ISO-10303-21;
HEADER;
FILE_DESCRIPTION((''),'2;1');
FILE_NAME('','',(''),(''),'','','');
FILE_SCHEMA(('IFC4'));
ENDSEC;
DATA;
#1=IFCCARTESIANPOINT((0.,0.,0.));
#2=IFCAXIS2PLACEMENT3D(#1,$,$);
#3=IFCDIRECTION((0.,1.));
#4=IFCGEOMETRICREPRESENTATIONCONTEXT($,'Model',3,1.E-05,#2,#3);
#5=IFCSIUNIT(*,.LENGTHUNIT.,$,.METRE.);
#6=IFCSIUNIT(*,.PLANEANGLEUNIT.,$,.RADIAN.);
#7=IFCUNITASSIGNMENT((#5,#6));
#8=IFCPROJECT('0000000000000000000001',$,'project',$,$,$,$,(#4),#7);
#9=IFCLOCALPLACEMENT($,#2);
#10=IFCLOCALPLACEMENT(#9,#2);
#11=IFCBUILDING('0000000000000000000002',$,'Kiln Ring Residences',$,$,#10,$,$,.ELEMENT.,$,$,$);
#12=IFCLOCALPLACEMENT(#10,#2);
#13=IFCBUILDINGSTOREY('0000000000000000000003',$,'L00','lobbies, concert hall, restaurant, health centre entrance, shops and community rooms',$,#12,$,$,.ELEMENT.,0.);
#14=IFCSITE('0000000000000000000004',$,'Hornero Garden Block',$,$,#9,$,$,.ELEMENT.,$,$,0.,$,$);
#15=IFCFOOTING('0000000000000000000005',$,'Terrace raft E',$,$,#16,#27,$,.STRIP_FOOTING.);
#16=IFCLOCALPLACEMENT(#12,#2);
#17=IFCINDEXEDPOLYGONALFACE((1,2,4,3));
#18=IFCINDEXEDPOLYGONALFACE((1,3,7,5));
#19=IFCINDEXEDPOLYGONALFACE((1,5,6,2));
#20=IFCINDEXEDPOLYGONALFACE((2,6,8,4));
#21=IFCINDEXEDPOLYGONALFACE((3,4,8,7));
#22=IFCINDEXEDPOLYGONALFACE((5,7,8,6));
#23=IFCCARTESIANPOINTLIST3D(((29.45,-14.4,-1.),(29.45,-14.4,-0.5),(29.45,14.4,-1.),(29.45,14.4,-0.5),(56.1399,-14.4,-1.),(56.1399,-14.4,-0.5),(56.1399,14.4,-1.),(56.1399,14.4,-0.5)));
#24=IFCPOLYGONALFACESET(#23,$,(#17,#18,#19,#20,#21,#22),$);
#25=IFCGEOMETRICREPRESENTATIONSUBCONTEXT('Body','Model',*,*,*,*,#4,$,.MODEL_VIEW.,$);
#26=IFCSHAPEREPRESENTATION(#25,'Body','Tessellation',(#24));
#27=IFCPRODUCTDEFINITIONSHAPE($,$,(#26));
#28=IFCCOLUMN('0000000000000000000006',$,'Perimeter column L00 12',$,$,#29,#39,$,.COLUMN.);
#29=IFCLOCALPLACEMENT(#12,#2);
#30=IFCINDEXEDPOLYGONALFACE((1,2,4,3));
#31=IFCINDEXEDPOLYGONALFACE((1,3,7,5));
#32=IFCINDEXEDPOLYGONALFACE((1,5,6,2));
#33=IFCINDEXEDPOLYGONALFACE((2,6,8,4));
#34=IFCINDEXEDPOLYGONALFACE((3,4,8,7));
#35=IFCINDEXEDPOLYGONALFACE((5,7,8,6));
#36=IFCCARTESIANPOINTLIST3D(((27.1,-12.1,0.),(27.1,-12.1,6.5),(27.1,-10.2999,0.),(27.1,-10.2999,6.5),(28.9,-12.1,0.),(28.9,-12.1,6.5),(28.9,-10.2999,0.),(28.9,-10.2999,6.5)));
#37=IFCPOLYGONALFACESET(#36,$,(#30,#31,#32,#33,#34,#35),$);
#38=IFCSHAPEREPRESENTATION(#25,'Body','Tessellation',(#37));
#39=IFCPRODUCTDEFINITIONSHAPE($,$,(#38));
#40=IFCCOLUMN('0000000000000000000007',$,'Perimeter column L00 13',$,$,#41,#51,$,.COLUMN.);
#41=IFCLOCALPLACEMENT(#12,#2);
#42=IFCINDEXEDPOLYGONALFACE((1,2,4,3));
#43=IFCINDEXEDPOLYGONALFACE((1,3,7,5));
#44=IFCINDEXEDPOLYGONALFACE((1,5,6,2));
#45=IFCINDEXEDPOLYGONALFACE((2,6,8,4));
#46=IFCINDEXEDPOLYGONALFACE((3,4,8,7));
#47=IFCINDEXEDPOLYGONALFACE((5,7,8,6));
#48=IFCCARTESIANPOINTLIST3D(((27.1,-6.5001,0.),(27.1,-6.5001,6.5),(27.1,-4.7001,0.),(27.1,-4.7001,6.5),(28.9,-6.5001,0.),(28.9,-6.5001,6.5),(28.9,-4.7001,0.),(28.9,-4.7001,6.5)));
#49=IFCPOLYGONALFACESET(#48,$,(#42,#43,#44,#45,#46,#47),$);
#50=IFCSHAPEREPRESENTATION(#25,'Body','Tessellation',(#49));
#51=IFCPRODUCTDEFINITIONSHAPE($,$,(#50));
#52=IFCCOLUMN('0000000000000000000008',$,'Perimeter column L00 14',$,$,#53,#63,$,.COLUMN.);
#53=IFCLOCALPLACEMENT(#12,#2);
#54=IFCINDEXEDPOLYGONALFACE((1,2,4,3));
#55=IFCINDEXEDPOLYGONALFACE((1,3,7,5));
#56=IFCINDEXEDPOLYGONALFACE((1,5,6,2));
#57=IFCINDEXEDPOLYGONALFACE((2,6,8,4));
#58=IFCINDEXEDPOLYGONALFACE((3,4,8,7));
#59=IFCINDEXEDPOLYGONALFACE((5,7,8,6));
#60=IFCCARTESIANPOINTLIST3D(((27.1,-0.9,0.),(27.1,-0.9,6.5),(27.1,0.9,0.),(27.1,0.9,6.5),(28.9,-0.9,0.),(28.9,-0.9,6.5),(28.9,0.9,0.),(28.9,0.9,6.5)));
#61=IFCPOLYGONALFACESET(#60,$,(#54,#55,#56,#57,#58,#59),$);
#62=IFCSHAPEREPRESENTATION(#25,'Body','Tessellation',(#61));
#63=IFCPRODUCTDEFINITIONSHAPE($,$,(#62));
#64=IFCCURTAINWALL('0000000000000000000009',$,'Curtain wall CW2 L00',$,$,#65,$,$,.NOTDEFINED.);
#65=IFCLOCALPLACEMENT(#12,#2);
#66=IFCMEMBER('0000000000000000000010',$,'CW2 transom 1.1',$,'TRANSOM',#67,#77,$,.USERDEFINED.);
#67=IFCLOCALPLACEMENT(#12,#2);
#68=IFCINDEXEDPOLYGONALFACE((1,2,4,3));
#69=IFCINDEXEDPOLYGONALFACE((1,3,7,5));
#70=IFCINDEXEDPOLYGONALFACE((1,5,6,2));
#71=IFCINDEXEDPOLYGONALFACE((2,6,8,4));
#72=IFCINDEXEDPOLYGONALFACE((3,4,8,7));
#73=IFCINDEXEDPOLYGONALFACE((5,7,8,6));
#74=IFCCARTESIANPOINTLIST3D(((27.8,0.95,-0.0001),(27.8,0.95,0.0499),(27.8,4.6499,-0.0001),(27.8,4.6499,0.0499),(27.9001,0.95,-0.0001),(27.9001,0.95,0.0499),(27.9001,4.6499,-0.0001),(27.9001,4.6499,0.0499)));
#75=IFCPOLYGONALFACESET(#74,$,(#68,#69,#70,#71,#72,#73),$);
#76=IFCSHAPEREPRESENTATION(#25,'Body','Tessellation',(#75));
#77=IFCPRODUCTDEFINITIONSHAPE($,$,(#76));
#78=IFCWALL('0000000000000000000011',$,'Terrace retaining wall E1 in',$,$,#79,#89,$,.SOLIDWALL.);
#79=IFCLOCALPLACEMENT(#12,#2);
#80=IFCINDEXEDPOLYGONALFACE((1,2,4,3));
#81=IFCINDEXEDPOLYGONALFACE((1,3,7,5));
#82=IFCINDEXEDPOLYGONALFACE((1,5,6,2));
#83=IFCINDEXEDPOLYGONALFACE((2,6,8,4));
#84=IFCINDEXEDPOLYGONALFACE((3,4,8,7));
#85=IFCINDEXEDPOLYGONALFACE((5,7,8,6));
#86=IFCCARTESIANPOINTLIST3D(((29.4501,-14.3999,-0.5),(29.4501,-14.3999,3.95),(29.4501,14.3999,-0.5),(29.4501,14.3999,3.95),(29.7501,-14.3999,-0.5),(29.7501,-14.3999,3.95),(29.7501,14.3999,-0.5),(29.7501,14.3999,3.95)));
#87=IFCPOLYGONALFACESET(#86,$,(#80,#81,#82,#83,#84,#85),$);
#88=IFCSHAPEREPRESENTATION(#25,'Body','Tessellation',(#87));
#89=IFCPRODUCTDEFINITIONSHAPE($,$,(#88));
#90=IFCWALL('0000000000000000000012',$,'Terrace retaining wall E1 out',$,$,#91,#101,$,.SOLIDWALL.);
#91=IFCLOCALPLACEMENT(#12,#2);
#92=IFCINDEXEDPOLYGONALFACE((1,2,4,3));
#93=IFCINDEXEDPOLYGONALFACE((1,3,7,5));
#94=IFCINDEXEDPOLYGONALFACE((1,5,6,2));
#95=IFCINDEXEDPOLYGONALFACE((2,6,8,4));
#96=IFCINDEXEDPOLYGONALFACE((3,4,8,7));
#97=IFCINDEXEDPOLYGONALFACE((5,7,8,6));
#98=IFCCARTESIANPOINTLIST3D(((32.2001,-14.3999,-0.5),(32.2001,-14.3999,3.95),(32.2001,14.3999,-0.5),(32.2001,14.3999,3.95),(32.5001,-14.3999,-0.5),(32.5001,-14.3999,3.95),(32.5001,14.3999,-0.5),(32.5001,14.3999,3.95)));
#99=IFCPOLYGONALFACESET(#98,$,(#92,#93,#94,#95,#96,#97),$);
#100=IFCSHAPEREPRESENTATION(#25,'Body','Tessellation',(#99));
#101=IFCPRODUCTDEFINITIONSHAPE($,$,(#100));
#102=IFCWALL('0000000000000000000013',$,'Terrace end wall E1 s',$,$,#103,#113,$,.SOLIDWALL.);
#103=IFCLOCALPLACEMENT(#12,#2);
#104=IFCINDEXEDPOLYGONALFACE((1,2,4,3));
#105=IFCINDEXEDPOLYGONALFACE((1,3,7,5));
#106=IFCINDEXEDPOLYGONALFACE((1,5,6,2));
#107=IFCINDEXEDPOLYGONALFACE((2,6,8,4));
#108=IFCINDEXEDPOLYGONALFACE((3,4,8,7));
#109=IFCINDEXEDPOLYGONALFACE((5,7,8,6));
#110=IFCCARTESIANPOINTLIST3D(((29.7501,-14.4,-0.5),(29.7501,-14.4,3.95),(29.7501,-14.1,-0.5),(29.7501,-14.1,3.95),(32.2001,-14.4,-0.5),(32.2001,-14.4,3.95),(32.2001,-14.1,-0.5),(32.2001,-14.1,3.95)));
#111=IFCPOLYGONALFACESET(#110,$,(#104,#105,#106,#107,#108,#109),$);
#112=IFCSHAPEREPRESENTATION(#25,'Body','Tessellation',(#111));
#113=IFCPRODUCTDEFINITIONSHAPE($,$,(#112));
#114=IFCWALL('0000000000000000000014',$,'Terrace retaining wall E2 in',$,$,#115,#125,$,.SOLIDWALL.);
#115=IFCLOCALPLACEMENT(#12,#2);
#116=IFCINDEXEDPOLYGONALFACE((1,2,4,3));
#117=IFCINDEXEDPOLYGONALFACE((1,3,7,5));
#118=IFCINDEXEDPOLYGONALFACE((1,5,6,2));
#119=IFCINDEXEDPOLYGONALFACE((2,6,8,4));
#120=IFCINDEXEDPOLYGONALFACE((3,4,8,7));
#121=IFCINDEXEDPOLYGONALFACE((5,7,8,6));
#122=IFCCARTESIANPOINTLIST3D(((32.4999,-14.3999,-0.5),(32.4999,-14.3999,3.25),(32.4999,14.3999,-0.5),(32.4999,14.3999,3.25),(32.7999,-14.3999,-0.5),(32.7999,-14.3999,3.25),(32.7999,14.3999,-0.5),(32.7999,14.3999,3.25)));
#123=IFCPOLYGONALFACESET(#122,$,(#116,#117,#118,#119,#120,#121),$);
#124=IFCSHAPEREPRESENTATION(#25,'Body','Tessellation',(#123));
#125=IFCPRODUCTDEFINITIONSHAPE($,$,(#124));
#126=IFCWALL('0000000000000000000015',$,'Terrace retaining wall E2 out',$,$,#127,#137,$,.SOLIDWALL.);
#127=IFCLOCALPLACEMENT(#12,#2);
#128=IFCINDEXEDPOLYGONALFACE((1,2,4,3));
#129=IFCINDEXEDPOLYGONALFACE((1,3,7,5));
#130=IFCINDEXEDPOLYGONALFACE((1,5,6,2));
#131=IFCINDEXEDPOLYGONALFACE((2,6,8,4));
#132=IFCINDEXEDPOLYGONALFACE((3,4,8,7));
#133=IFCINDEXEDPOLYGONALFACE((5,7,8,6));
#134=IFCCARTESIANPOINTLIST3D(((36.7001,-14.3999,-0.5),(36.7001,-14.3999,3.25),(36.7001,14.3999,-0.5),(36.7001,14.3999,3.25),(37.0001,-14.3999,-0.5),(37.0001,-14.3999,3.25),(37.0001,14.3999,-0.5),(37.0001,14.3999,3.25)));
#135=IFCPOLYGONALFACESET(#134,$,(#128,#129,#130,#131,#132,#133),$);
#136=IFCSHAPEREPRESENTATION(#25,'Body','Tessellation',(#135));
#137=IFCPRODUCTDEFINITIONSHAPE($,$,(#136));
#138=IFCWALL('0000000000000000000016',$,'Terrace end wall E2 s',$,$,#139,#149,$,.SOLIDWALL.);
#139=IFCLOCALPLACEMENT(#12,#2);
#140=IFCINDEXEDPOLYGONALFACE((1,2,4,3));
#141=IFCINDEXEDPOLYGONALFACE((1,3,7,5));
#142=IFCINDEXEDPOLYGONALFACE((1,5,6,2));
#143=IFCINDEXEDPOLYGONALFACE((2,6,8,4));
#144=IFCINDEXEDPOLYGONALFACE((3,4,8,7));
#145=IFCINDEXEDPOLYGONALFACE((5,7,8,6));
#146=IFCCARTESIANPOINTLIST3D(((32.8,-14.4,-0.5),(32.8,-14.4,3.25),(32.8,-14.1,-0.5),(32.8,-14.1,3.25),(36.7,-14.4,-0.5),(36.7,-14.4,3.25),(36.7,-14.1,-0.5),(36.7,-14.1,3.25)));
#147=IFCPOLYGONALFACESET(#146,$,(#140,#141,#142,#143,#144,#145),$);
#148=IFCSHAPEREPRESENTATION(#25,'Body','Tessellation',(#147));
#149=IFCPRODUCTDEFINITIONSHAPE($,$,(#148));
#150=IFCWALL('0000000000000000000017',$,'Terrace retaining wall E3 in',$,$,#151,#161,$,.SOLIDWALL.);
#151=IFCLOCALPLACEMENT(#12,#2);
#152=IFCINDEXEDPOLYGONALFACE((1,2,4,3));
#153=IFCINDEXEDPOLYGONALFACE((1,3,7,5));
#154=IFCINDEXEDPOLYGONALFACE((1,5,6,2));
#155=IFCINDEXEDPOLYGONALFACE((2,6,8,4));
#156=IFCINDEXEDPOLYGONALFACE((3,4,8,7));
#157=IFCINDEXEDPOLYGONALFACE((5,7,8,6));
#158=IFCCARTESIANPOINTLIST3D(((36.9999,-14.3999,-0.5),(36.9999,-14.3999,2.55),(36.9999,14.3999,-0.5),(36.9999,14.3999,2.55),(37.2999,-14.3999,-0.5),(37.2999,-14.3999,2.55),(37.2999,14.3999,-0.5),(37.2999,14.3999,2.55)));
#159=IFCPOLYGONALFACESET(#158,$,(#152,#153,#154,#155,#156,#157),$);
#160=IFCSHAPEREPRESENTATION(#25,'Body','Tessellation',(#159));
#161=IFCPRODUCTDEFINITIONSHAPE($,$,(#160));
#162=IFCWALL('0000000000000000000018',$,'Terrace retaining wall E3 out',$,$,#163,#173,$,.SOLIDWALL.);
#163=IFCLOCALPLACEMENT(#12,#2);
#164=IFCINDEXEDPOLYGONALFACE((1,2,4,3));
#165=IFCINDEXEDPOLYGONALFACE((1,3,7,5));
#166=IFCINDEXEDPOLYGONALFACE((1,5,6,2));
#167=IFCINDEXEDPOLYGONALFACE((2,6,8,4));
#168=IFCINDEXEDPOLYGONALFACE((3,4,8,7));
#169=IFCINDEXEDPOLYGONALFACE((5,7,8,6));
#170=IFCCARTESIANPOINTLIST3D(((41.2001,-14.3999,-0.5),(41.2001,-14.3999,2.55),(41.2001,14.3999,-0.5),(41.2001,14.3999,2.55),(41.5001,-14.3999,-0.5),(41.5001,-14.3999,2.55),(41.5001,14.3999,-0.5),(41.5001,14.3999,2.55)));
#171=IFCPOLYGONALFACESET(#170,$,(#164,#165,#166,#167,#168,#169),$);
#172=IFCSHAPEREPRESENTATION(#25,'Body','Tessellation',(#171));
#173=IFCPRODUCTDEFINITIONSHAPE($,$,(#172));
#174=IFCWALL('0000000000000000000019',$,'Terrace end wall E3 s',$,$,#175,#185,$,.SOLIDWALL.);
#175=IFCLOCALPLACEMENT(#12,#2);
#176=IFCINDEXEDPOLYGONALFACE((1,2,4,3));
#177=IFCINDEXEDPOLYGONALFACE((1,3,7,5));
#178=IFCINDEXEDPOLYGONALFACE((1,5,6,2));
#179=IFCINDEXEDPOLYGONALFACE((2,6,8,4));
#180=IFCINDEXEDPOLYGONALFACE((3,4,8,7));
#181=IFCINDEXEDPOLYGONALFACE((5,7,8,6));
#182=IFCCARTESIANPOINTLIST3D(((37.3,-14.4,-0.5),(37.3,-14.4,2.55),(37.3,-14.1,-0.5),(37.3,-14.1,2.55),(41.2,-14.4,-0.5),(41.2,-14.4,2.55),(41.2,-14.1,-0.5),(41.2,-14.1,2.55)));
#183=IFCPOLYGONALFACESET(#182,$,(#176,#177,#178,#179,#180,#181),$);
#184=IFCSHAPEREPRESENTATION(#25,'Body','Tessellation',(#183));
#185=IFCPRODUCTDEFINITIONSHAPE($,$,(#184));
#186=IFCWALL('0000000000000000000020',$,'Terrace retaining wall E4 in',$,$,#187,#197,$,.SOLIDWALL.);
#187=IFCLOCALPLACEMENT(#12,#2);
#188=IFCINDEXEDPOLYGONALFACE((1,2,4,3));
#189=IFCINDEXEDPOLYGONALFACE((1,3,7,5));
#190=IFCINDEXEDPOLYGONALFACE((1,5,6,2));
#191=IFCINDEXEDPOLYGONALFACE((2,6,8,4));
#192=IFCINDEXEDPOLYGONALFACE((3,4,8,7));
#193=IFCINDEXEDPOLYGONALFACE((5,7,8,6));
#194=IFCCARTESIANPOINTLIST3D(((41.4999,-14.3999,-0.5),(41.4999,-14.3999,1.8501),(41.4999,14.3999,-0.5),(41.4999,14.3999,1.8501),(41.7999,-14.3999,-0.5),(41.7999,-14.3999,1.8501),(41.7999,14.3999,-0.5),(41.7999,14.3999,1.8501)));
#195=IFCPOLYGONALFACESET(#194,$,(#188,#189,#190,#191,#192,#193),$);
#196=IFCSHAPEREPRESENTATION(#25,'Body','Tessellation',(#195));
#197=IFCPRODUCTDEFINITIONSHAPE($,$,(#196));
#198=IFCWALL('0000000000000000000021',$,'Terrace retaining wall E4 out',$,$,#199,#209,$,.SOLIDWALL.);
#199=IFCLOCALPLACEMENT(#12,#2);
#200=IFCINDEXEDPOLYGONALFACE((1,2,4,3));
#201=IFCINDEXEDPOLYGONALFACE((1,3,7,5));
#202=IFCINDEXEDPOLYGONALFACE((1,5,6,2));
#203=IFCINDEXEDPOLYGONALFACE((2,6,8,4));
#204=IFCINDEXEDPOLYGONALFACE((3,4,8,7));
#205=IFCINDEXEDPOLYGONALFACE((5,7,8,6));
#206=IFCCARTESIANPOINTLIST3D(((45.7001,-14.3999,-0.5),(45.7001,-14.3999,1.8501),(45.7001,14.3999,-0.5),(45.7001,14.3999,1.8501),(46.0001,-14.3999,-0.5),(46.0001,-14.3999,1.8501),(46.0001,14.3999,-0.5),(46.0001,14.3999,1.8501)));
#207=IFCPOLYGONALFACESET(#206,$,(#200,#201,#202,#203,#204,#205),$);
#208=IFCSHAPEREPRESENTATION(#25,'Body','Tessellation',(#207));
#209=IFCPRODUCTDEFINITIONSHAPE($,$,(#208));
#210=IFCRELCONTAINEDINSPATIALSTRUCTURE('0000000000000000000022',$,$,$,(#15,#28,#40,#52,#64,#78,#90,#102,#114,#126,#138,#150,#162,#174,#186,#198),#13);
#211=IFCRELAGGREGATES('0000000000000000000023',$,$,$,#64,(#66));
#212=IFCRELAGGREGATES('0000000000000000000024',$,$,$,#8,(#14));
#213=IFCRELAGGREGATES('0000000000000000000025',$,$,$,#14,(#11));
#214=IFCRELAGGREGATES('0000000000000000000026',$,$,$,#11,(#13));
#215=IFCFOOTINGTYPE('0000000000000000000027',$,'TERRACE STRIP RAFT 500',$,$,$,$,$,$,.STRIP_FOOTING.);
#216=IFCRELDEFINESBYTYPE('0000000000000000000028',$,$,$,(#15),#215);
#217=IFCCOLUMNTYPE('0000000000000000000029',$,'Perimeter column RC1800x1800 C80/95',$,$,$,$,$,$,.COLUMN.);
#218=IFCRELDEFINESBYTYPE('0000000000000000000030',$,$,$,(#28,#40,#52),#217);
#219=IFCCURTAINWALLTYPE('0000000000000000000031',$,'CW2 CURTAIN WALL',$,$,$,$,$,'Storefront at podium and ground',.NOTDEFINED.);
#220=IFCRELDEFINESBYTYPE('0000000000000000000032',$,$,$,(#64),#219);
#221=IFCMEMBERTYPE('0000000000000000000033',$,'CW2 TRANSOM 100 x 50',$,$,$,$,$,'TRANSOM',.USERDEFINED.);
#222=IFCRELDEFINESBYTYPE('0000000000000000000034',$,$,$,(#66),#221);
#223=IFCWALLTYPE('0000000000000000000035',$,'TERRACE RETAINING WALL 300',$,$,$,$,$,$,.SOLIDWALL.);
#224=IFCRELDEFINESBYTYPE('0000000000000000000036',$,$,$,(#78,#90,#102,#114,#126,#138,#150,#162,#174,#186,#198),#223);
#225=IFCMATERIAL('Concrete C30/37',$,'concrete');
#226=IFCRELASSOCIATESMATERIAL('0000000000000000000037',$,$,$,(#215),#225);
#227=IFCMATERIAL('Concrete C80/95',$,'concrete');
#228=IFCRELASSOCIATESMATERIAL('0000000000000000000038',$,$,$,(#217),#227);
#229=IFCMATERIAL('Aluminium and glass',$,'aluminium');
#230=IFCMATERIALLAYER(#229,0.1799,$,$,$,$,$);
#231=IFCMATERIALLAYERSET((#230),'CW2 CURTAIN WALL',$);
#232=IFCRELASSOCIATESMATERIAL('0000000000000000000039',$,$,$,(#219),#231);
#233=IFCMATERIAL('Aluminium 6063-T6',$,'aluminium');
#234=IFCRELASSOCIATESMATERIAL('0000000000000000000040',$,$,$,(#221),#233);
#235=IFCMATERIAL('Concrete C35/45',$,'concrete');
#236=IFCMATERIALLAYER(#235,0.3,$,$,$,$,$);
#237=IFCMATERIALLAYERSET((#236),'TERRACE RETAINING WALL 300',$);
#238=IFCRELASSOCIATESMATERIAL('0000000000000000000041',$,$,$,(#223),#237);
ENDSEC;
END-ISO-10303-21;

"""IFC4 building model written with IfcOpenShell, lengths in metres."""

from ifc_helpers import new_model, si_unit, direction, frame, frame_2d, origin, origin_2d, place, context, subcontext, project, spatial, rectangle, extrude, material, layer, layer_set, material_profile, profile_set, type_object, element, aggregate, save


model = new_model("IFC4")

# Units and contexts
model_context = context("Model", 3, precision=1e-05, world=origin(), true_north=direction((0.0, 1.0)))
body_context = subcontext(model_context, "Body", "Model", "MODEL_VIEW")
ifc_project = project(units=[si_unit("LENGTHUNIT", "METRE"), si_unit("PLANEANGLEUNIT", "RADIAN")], contexts=[model_context])

# Site, building, storey
site_placement = place(None, origin())
site = spatial("IfcSite", under=ifc_project, at=site_placement, Name="Hornero Garden Block", CompositionType="ELEMENT", RefElevation=0.0)
building_placement = place(site_placement, origin())
building = spatial("IfcBuilding", under=site, at=building_placement, Name="Kiln Ring Residences", CompositionType="ELEMENT")
storey_placement = place(building_placement, origin())
storey = spatial("IfcBuildingStorey", under=building, at=storey_placement, Name="L00", Description="lobbies, concert hall, restaurant, health centre entrance, shops and community rooms", CompositionType="ELEMENT", Elevation=0.0)

# Footing
ifc_material_1 = material(Name="Concrete C30/37", Category="concrete")
footing_type = type_object("IfcFootingType", Name="TERRACE STRIP RAFT 500", PredefinedType="STRIP_FOOTING", material=ifc_material_1)
footing_placement = place(storey_placement, frame((42.7949, 0.0, -1.0), z_axis=(0.0, 0.0, 1.0), x_axis=(1.0, 0.0, 0.0)))
element("IfcFooting", 1, at=footing_placement, inside=storey, type_object=footing_type, Name="Terrace raft E", PredefinedType="STRIP_FOOTING", context=body_context, shape_type="SweptSolid", body=[
    extrude(rectangle(XDim=26.6899, YDim=28.8, at=origin_2d()), origin(), (0.0, 0.0, 1.0), 0.5),
])

# Columns
ifc_material_2 = material(Name="Concrete C80/95", Category="concrete")
ifc_material_profile_1 = material_profile(ifc_material_2, rectangle(XDim=1.8, YDim=1.8, at=origin_2d()), Name="RC1800x1800")
ifc_profile_set_1 = profile_set([ifc_material_profile_1], Name="Concrete C80/95")
column_type = type_object("IfcColumnType", Name="Perimeter column RC1800x1800 C80/95", PredefinedType="COLUMN", material=ifc_profile_set_1)
for number, where, z_axis, x_axis, name in (
    (2, (28.0, -11.2, 0.0), (0.0, 0.0, 1.0), (1.0, 0.0, 0.0), "Perimeter column L00 12"),
    (3, (28.0, -5.6001, 0.0), (0.0, 0.0, 1.0), (1.0, 0.0, 0.0), "Perimeter column L00 13"),
    (4, (28.0, 0.0, 0.0), (0.0, 0.0, 1.0), (1.0, 0.0, 0.0), "Perimeter column L00 14"),
):
    element("IfcColumn", number, at=place(storey_placement, frame(where, z_axis=z_axis, x_axis=x_axis)), inside=storey, type_object=column_type, Name=name, PredefinedType="COLUMN", context=body_context, shape_type="SweptSolid", body=[
        extrude(rectangle(XDim=1.8, YDim=1.8, at=origin_2d()), origin(), (0.0, 0.0, 1.0), 6.5),
    ])

# Curtain wall, member
ifc_material_3 = material(Name="Aluminium and glass", Category="aluminium")
ifc_layer_1 = layer(ifc_material_3, 0.1799)
ifc_layer_set_1 = layer_set([ifc_layer_1], Name="CW2 CURTAIN WALL")
curtain_wall_type = type_object("IfcCurtainWallType", Name="CW2 CURTAIN WALL", ElementType="Storefront at podium and ground", PredefinedType="NOTDEFINED", material=ifc_layer_set_1)
curtain_wall_placement = place(storey_placement, origin())
curtain_wall = element("IfcCurtainWall", 5, at=curtain_wall_placement, inside=storey, type_object=curtain_wall_type, Name="Curtain wall CW2 L00", PredefinedType="NOTDEFINED")
ifc_material_4 = material(Name="Aluminium 6063-T6", Category="aluminium")
ifc_material_profile_2 = material_profile(ifc_material_4, rectangle(XDim=0.1001, YDim=0.05, at=origin_2d()), Name="AL 100x50")
ifc_profile_set_2 = profile_set([ifc_material_profile_2], Name="Aluminium 6063-T6")
member_type = type_object("IfcMemberType", Name="CW2 TRANSOM 100 x 50", ElementType="TRANSOM", PredefinedType="USERDEFINED", material=ifc_profile_set_2)
member_placement = place(storey_placement, frame((27.8501, 0.95, 0.0249), z_axis=(0.0, 1.0, 0.0), x_axis=(-1.0, 0.0, 0.0)))
member = element("IfcMember", 6, at=member_placement, type_object=member_type, Name="CW2 transom 1.1", ObjectType="TRANSOM", PredefinedType="USERDEFINED", context=body_context, shape_type="SweptSolid", body=[
    extrude(rectangle(XDim=0.1001, YDim=0.05, at=origin_2d()), origin(), (0.0, 0.0, 1.0), 3.7),
])
aggregate(curtain_wall, [member])

# Walls
ifc_material_5 = material(Name="Concrete C35/45", Category="concrete")
ifc_layer_2 = layer(ifc_material_5, 0.3)
ifc_layer_set_2 = layer_set([ifc_layer_2], Name="TERRACE RETAINING WALL 300")
wall_type_1 = type_object("IfcWallType", Name="TERRACE RETAINING WALL 300", PredefinedType="SOLIDWALL", material=ifc_layer_set_2)
for number, where, z_axis, x_axis, name in (
    (7, (29.6001, -14.3999, -0.5), (0.0, 0.0, 1.0), (0.0, 1.0, 0.0), "Terrace retaining wall E1 in"),
    (8, (32.3501, -14.3999, -0.5), (0.0, 0.0, 1.0), (0.0, 1.0, 0.0), "Terrace retaining wall E1 out"),
):
    element("IfcWall", number, at=place(storey_placement, frame(where, z_axis=z_axis, x_axis=x_axis)), inside=storey, type_object=wall_type_1, Name=name, PredefinedType="SOLIDWALL", context=body_context, shape_type="SweptSolid", body=[
        extrude(rectangle(XDim=28.7998, YDim=0.3, at=frame_2d((14.3999, 0.0))), origin(), (0.0, 0.0, 1.0), 4.45),
    ])
wall_1_placement = place(storey_placement, frame((29.75, -14.25, -0.5), z_axis=(0.0, 0.0, 1.0), x_axis=(1.0, 0.0, 0.0)))
element("IfcWall", 9, at=wall_1_placement, inside=storey, type_object=wall_type_1, Name="Terrace end wall E1 s", PredefinedType="SOLIDWALL", context=body_context, shape_type="SweptSolid", body=[
    extrude(rectangle(XDim=2.45, YDim=0.3, at=frame_2d((1.2251, 0.0))), origin(), (0.0, 0.0, 1.0), 4.45),
])
for number, where, z_axis, x_axis, name in (
    (10, (32.6499, -14.3999, -0.5), (0.0, 0.0, 1.0), (0.0, 1.0, 0.0), "Terrace retaining wall E2 in"),
    (11, (36.8501, -14.3999, -0.5), (0.0, 0.0, 1.0), (0.0, 1.0, 0.0), "Terrace retaining wall E2 out"),
):
    element("IfcWall", number, at=place(storey_placement, frame(where, z_axis=z_axis, x_axis=x_axis)), inside=storey, type_object=wall_type_1, Name=name, PredefinedType="SOLIDWALL", context=body_context, shape_type="SweptSolid", body=[
        extrude(rectangle(XDim=28.7998, YDim=0.3, at=frame_2d((14.3999, 0.0))), origin(), (0.0, 0.0, 1.0), 3.75),
    ])
wall_2_placement = place(storey_placement, frame((32.8, -14.25, -0.5), z_axis=(0.0, 0.0, 1.0), x_axis=(1.0, 0.0, 0.0)))
element("IfcWall", 12, at=wall_2_placement, inside=storey, type_object=wall_type_1, Name="Terrace end wall E2 s", PredefinedType="SOLIDWALL", context=body_context, shape_type="SweptSolid", body=[
    extrude(rectangle(XDim=3.8999, YDim=0.3, at=frame_2d((1.95, 0.0))), origin(), (0.0, 0.0, 1.0), 3.75),
])
for number, where, z_axis, x_axis, name in (
    (13, (37.1499, -14.3999, -0.5), (0.0, 0.0, 1.0), (0.0, 1.0, 0.0), "Terrace retaining wall E3 in"),
    (14, (41.3501, -14.3999, -0.5), (0.0, 0.0, 1.0), (0.0, 1.0, 0.0), "Terrace retaining wall E3 out"),
):
    element("IfcWall", number, at=place(storey_placement, frame(where, z_axis=z_axis, x_axis=x_axis)), inside=storey, type_object=wall_type_1, Name=name, PredefinedType="SOLIDWALL", context=body_context, shape_type="SweptSolid", body=[
        extrude(rectangle(XDim=28.7998, YDim=0.3, at=frame_2d((14.3999, 0.0))), origin(), (0.0, 0.0, 1.0), 3.05),
    ])
wall_3_placement = place(storey_placement, frame((37.3, -14.25, -0.5), z_axis=(0.0, 0.0, 1.0), x_axis=(1.0, 0.0, 0.0)))
element("IfcWall", 15, at=wall_3_placement, inside=storey, type_object=wall_type_1, Name="Terrace end wall E3 s", PredefinedType="SOLIDWALL", context=body_context, shape_type="SweptSolid", body=[
    extrude(rectangle(XDim=3.8999, YDim=0.3, at=frame_2d((1.95, 0.0))), origin(), (0.0, 0.0, 1.0), 3.05),
])
for number, where, z_axis, x_axis, name in (
    (16, (41.6499, -14.3999, -0.5), (0.0, 0.0, 1.0), (0.0, 1.0, 0.0), "Terrace retaining wall E4 in"),
    (17, (45.8501, -14.3999, -0.5), (0.0, 0.0, 1.0), (0.0, 1.0, 0.0), "Terrace retaining wall E4 out"),
):
    element("IfcWall", number, at=place(storey_placement, frame(where, z_axis=z_axis, x_axis=x_axis)), inside=storey, type_object=wall_type_1, Name=name, PredefinedType="SOLIDWALL", context=body_context, shape_type="SweptSolid", body=[
        extrude(rectangle(XDim=28.7998, YDim=0.3, at=frame_2d((14.3999, 0.0))), origin(), (0.0, 0.0, 1.0), 2.3501),
    ])

save(model, "model.ifc")
